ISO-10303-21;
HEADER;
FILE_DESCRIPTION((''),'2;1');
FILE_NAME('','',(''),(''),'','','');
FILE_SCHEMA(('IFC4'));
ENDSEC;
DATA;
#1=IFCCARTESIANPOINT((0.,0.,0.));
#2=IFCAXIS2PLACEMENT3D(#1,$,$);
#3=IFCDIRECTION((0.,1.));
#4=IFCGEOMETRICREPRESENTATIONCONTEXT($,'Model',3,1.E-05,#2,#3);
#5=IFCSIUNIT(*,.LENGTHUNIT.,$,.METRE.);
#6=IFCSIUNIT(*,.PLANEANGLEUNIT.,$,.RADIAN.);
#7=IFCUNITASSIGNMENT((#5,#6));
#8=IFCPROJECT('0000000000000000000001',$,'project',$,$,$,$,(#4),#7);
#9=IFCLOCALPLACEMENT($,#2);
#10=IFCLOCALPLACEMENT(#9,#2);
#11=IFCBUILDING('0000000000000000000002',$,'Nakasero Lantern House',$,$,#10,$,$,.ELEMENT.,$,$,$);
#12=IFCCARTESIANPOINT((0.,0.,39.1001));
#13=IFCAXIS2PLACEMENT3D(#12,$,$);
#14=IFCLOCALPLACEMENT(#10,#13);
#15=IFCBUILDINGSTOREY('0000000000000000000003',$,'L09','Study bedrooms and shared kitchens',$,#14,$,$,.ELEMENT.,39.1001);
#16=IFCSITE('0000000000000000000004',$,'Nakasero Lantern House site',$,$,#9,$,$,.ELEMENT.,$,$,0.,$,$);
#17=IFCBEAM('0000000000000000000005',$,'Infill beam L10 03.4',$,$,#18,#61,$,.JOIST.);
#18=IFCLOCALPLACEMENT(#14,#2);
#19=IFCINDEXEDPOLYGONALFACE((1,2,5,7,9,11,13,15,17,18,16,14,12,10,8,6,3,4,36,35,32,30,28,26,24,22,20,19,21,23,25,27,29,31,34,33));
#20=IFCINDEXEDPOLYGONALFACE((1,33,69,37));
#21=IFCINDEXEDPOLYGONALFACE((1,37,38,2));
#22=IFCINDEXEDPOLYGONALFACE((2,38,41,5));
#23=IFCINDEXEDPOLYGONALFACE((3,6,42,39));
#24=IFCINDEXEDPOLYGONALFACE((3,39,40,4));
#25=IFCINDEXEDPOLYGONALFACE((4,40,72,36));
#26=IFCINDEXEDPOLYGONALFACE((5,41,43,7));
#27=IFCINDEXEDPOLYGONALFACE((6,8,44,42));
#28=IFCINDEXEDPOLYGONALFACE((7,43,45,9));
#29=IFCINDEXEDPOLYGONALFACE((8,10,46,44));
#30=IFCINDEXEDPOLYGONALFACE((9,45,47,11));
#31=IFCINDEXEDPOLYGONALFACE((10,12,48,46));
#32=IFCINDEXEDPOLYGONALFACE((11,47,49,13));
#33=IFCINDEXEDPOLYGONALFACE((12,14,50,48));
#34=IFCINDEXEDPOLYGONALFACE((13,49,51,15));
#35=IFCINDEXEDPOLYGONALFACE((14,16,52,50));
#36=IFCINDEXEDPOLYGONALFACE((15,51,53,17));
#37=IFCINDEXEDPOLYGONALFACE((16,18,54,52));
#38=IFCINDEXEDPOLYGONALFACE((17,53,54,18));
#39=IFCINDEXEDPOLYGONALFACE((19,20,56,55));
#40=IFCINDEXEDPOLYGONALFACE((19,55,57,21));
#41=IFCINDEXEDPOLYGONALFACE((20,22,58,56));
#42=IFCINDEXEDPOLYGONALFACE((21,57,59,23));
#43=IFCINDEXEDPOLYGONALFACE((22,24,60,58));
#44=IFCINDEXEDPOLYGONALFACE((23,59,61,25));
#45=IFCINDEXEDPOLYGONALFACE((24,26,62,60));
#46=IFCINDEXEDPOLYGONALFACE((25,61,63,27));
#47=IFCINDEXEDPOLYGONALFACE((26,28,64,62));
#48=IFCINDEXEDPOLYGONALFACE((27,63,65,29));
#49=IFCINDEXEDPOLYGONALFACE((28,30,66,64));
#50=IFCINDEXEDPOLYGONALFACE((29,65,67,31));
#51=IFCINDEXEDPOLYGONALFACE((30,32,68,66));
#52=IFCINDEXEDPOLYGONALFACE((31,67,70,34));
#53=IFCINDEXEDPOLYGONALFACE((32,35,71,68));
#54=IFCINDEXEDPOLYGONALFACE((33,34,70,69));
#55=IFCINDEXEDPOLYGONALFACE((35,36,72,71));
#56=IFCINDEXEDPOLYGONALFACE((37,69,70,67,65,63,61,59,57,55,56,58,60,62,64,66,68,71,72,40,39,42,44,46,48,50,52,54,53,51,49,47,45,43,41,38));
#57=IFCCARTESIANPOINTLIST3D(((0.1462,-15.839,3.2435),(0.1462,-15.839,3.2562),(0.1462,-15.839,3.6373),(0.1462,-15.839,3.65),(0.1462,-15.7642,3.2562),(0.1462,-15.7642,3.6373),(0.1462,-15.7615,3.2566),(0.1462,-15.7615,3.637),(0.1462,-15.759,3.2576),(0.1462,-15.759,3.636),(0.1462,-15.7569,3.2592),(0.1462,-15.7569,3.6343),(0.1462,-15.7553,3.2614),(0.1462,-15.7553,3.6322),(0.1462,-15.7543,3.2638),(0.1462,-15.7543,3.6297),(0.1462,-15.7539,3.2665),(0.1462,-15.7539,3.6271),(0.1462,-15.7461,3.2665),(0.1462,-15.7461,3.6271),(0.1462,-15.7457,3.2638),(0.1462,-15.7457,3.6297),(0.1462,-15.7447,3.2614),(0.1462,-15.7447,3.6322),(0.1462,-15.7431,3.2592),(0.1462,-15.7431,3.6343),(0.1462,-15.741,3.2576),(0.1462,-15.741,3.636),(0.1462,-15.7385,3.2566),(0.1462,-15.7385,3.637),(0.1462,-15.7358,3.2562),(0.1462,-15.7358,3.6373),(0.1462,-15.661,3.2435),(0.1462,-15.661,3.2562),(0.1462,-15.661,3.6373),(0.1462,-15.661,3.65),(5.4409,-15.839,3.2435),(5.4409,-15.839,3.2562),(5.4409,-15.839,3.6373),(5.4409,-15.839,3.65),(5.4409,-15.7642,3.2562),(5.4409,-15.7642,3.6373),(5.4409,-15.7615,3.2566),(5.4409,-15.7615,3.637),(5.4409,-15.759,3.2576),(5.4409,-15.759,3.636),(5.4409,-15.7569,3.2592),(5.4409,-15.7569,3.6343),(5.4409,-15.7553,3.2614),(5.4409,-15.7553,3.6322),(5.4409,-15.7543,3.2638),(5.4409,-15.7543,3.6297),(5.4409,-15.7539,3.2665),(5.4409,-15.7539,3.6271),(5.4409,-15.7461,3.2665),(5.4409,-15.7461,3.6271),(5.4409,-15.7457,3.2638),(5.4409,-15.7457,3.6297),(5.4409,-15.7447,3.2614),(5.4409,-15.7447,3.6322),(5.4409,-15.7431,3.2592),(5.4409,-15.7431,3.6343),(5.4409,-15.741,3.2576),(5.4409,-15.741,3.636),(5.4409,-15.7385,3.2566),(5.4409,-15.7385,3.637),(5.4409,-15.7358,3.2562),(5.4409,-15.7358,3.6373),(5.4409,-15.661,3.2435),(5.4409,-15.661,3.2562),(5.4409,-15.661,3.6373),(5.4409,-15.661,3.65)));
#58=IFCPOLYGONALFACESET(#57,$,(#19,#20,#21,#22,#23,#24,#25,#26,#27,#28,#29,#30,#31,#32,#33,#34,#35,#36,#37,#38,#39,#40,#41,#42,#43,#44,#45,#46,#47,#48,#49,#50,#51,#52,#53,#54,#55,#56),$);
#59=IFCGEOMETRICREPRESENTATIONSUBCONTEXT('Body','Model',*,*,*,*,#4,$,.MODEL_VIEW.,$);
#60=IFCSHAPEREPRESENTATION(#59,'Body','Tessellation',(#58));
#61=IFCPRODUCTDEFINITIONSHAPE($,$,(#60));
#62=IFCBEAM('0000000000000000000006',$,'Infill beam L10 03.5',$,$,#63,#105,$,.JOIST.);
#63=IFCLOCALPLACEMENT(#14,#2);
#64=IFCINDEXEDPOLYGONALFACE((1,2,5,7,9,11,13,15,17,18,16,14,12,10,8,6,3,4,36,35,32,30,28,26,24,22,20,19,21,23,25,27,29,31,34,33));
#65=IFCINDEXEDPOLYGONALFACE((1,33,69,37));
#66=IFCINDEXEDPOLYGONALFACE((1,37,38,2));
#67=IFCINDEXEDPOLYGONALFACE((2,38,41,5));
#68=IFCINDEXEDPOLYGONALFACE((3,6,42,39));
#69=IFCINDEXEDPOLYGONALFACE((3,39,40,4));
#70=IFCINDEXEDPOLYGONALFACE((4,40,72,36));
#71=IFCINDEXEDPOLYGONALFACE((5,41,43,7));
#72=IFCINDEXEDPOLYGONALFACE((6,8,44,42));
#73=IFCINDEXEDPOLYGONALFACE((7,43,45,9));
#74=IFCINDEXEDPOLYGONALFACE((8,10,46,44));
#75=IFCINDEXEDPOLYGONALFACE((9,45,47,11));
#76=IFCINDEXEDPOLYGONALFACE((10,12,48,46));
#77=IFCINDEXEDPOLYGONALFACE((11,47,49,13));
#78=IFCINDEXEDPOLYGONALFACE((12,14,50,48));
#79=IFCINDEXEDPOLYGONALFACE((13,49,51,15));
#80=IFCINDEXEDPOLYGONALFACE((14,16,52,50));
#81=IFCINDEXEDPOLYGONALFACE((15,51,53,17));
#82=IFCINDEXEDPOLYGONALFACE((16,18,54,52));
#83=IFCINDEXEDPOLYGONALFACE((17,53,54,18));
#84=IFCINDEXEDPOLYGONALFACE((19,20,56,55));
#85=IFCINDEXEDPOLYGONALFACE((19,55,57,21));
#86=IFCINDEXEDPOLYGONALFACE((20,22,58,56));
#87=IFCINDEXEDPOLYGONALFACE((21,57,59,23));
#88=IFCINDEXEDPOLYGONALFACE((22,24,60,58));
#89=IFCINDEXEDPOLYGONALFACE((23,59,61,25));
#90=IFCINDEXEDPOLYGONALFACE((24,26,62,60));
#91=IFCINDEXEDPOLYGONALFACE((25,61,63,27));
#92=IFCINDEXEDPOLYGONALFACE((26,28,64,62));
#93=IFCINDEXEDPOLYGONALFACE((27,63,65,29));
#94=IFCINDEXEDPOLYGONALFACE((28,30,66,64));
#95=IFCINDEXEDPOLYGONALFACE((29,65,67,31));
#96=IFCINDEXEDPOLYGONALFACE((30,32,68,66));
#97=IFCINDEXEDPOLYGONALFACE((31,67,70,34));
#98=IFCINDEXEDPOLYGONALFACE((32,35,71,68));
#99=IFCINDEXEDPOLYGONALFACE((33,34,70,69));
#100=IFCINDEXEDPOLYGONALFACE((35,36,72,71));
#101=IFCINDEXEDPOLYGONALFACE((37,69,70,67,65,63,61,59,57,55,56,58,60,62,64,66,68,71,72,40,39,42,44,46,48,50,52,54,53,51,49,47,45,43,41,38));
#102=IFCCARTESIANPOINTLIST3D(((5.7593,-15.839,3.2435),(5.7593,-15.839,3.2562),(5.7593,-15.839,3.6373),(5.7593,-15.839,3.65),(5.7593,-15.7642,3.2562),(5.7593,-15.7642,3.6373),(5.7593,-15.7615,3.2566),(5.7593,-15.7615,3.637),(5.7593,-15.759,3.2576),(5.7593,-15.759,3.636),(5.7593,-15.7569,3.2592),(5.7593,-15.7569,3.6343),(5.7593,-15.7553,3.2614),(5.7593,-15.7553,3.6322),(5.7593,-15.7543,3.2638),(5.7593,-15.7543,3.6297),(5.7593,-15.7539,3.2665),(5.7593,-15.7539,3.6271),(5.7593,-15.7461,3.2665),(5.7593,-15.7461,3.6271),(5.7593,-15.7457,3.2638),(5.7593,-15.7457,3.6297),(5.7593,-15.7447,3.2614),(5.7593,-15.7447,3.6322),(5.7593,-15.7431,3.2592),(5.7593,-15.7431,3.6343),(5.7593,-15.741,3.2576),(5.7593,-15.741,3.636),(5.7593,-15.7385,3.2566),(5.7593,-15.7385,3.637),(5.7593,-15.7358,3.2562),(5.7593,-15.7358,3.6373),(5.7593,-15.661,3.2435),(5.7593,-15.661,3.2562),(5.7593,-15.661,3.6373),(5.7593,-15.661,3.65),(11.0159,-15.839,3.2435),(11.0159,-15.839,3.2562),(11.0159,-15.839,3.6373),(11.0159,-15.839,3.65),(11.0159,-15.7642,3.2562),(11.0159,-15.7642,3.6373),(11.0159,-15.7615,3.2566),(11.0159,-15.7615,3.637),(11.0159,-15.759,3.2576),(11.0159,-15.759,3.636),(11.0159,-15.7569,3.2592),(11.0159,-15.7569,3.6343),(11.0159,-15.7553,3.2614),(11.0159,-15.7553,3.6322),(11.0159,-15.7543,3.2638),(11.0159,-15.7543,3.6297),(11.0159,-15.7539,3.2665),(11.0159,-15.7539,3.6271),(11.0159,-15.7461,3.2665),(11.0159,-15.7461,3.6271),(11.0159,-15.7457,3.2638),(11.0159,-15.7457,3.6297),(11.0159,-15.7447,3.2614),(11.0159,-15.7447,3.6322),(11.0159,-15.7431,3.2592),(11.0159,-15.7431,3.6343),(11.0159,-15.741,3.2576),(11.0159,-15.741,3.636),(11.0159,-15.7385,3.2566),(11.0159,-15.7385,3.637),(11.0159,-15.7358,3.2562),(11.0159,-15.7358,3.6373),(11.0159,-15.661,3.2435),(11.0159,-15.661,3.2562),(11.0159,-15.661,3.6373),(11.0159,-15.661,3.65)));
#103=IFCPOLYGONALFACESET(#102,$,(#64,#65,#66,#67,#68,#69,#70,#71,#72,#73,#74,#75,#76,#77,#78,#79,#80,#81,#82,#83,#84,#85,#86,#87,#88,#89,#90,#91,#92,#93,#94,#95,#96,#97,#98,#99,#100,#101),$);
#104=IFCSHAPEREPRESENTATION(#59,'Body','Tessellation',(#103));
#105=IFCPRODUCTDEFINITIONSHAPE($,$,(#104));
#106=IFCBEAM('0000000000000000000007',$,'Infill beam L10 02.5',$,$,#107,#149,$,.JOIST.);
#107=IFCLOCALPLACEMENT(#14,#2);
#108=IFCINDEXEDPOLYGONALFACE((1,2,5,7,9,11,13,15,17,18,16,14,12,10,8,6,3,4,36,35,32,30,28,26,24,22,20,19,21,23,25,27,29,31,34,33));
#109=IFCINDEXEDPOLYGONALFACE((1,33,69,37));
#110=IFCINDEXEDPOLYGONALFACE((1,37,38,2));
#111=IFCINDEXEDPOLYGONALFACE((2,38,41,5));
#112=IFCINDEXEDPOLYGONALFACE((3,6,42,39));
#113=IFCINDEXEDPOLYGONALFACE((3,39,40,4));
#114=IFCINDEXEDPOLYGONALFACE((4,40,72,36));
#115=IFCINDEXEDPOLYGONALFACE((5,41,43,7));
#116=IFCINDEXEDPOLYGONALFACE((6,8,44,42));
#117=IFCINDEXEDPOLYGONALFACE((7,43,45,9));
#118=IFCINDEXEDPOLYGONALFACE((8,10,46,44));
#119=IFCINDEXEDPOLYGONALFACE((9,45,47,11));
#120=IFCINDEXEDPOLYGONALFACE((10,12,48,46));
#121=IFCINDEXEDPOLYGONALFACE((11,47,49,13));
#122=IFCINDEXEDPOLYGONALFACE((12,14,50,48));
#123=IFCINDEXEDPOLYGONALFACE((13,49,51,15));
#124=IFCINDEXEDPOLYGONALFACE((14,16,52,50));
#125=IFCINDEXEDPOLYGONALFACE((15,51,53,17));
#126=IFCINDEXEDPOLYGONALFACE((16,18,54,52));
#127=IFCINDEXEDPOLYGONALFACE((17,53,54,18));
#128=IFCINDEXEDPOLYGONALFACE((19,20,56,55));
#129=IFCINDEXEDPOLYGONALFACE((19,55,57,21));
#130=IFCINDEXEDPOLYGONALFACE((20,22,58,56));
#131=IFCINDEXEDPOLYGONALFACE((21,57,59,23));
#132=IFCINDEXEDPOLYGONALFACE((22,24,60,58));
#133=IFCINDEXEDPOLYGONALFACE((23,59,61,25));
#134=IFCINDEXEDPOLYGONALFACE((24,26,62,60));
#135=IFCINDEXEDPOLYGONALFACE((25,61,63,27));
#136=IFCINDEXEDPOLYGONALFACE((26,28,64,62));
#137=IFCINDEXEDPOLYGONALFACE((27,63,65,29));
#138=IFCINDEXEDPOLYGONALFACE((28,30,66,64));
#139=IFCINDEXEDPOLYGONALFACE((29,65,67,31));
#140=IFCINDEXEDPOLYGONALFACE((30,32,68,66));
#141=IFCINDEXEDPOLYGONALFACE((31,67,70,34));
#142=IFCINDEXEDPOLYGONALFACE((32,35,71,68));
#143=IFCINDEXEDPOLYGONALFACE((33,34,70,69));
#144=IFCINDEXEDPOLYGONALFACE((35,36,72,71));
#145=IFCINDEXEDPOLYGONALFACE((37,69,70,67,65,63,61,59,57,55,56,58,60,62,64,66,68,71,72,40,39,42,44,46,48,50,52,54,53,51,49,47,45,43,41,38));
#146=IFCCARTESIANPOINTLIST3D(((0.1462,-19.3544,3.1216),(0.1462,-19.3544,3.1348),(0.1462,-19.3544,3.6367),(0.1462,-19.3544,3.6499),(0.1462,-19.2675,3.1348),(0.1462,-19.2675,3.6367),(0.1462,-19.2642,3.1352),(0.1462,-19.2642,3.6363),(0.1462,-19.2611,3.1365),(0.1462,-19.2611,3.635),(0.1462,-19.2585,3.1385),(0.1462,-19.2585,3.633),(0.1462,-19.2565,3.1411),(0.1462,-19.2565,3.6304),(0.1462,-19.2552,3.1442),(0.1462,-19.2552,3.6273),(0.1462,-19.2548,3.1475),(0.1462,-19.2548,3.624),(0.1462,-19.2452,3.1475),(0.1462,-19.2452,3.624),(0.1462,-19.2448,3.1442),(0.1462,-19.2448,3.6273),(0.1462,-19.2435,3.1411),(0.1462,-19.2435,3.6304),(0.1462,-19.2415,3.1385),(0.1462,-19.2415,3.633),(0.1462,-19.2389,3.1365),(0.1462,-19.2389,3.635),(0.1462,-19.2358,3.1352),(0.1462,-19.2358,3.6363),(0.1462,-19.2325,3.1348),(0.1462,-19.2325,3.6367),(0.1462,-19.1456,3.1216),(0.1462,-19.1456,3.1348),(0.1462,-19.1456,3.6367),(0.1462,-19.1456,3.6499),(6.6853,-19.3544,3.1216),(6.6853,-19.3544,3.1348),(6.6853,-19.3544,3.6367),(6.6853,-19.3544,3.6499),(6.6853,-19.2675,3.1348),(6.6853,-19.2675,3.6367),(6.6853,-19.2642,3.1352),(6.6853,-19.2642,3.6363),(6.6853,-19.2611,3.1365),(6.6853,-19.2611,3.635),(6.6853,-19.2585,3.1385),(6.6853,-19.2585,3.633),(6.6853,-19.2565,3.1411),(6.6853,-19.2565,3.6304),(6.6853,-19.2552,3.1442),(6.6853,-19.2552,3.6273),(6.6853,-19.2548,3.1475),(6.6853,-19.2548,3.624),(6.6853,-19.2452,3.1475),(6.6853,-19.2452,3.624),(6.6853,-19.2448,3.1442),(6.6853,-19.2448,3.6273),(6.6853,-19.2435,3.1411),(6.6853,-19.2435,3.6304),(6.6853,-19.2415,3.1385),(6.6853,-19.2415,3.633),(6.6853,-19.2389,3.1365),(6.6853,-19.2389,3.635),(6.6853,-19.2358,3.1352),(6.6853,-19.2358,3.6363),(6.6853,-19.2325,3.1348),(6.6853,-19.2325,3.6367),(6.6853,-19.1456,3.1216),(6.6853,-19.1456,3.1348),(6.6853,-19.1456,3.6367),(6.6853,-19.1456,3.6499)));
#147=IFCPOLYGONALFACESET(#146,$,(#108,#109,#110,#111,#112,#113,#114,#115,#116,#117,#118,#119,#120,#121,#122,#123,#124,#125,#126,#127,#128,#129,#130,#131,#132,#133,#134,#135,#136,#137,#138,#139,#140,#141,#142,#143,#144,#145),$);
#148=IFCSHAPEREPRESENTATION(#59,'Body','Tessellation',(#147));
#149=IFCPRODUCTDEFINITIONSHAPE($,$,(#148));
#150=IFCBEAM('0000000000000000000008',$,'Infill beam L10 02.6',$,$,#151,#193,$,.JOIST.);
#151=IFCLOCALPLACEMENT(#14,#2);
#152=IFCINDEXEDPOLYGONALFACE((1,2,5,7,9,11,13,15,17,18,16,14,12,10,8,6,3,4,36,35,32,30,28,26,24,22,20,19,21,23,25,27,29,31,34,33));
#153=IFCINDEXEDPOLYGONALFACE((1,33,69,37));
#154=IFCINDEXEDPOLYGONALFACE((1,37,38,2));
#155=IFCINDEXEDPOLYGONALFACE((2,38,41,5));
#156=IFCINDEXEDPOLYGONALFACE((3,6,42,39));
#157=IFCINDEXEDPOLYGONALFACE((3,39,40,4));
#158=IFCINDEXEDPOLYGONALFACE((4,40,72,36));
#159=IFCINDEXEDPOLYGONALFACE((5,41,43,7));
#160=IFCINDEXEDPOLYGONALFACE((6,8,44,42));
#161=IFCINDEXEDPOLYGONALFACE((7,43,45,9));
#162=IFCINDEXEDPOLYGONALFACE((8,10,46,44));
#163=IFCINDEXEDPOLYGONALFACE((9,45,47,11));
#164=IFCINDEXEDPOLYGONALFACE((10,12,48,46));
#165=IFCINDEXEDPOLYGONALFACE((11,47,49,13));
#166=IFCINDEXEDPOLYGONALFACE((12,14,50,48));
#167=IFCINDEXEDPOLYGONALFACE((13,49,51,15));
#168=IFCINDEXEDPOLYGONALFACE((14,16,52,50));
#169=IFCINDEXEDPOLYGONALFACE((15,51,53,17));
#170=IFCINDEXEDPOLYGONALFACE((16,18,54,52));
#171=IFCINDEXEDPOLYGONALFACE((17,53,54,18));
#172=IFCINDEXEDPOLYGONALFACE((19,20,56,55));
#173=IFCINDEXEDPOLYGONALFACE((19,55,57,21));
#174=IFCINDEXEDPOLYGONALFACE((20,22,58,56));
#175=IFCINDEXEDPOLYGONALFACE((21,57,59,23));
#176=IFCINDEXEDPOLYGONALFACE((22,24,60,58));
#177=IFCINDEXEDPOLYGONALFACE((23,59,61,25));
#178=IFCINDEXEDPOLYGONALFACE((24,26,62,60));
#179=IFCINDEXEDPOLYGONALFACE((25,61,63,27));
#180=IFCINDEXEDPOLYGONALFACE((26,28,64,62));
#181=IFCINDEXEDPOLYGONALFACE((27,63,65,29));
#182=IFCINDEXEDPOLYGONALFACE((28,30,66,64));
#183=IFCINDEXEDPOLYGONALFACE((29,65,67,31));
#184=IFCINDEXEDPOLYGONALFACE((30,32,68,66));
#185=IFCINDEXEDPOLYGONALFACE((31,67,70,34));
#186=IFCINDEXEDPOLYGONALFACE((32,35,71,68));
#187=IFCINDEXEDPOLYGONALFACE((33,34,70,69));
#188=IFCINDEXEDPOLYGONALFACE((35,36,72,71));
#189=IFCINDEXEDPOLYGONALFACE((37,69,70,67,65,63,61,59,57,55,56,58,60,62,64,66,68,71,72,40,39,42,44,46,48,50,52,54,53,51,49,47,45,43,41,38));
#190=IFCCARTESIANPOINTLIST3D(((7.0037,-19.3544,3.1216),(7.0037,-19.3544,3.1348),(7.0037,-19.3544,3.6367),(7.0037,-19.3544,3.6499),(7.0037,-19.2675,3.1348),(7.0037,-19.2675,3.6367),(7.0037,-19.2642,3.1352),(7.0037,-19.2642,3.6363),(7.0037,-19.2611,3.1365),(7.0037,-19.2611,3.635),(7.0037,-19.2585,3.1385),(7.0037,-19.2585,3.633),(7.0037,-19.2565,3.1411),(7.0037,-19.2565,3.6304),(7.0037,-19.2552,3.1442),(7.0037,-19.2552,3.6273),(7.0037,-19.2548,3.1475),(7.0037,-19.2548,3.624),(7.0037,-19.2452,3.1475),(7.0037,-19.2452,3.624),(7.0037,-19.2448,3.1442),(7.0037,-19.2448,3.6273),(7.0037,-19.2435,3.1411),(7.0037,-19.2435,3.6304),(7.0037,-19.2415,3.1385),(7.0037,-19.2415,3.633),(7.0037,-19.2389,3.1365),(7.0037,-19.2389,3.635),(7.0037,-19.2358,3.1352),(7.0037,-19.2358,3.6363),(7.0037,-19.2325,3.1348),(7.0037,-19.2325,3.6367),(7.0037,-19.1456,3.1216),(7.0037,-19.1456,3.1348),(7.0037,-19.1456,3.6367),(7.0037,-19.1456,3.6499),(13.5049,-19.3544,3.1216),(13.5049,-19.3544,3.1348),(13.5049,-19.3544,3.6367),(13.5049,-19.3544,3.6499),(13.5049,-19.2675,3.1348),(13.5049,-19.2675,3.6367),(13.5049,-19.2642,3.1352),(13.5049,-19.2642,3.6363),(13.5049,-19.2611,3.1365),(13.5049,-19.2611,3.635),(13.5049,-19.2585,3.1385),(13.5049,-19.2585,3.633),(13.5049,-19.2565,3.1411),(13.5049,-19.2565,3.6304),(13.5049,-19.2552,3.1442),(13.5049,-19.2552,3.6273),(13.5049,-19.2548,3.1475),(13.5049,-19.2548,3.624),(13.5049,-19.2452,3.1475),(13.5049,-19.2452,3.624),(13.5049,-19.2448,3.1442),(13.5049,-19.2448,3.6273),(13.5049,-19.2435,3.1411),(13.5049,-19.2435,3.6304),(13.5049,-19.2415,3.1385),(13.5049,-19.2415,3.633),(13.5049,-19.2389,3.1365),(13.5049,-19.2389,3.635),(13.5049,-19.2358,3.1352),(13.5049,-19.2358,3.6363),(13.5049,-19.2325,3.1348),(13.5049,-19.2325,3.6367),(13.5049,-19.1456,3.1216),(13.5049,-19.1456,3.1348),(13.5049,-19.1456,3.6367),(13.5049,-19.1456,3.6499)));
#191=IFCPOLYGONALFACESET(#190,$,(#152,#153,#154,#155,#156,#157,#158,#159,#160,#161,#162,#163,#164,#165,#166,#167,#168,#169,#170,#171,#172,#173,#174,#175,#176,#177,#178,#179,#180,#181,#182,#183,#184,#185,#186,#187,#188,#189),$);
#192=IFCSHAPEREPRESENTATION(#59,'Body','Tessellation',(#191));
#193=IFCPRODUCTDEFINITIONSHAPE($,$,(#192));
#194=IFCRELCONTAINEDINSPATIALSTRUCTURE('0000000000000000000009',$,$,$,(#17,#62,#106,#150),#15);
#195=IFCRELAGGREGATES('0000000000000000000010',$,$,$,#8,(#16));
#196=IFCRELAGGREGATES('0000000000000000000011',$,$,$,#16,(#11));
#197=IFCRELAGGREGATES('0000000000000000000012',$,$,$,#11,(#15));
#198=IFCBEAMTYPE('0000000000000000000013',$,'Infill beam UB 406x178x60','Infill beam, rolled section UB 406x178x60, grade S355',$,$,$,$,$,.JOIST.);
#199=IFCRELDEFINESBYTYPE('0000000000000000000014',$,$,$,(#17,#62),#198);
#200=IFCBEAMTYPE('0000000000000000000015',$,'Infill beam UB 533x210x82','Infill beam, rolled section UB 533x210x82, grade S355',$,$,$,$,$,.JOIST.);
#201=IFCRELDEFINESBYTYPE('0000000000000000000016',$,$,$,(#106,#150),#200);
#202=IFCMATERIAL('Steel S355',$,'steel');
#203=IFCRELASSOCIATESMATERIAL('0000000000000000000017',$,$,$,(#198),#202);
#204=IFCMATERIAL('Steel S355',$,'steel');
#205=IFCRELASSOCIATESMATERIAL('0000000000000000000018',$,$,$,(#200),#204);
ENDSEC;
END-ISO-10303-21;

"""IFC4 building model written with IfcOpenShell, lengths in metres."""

from ifc_helpers import new_model, si_unit, direction, frame, origin, origin_2d, place, context, subcontext, project, spatial, i_section, extrude, material, material_profile, profile_set, type_object, element, save


model = new_model("IFC4")

# Units and contexts
model_context = context("Model", 3, precision=1e-05, world=origin(), true_north=direction((0.0, 1.0)))
body_context = subcontext(model_context, "Body", "Model", "MODEL_VIEW")
ifc_project = project(units=[si_unit("LENGTHUNIT", "METRE"), si_unit("PLANEANGLEUNIT", "RADIAN")], contexts=[model_context])

# Site, building, storey
site_placement = place(None, origin())
site = spatial("IfcSite", under=ifc_project, at=site_placement, Name="Nakasero Lantern House site", CompositionType="ELEMENT", RefElevation=0.0)
building_placement = place(site_placement, origin())
building = spatial("IfcBuilding", under=site, at=building_placement, Name="Nakasero Lantern House", CompositionType="ELEMENT")
storey_placement = place(building_placement, frame((0.0, 0.0, 39.1001)))
storey = spatial("IfcBuildingStorey", under=building, at=storey_placement, Name="L09", Description="Study bedrooms and shared kitchens", CompositionType="ELEMENT", Elevation=39.1001)

# Beams
ifc_material_1 = material(Name="Steel S355", Category="steel")
ifc_material_profile_1 = material_profile(ifc_material_1, i_section(OverallWidth=0.178, OverallDepth=0.4065, WebThickness=0.0078, FlangeThickness=0.0127, FilletRadius=0.0103, at=origin_2d()), Name="UB 406x178x60")
ifc_profile_set_1 = profile_set([ifc_material_profile_1], Name="Steel S355")
beam_type_1 = type_object("IfcBeamType", Name="Infill beam UB 406x178x60", Description="Infill beam, rolled section UB 406x178x60, grade S355", PredefinedType="JOIST", material=ifc_profile_set_1)
beam_1_placement = place(storey_placement, frame((0.1462, -15.75, 3.4468), z_axis=(1.0, 0.0, 0.0), x_axis=(0.0, 1.0, 0.0)))
element("IfcBeam", 1, at=beam_1_placement, inside=storey, type_object=beam_type_1, Name="Infill beam L10 03.4", PredefinedType="JOIST", context=body_context, shape_type="SweptSolid", body=[
    extrude(i_section(OverallWidth=0.178, OverallDepth=0.4065, WebThickness=0.0078, FlangeThickness=0.0127, FilletRadius=0.0103, at=origin_2d()), origin(), (0.0, 0.0, 1.0), 5.2947),
])
beam_2_placement = place(storey_placement, frame((5.7593, -15.75, 3.4468), z_axis=(1.0, 0.0, 0.0), x_axis=(0.0, 1.0, 0.0)))
element("IfcBeam", 2, at=beam_2_placement, inside=storey, type_object=beam_type_1, Name="Infill beam L10 03.5", PredefinedType="JOIST", context=body_context, shape_type="SweptSolid", body=[
    extrude(i_section(OverallWidth=0.178, OverallDepth=0.4065, WebThickness=0.0078, FlangeThickness=0.0127, FilletRadius=0.0103, at=origin_2d()), origin(), (0.0, 0.0, 1.0), 5.2566),
])
ifc_material_2 = material(Name="Steel S355", Category="steel")
ifc_material_profile_2 = material_profile(ifc_material_2, i_section(OverallWidth=0.2087, OverallDepth=0.5283, WebThickness=0.0095, FlangeThickness=0.0132, FilletRadius=0.0127, at=origin_2d()), Name="UB 533x210x82")
ifc_profile_set_2 = profile_set([ifc_material_profile_2], Name="Steel S355")
beam_type_2 = type_object("IfcBeamType", Name="Infill beam UB 533x210x82", Description="Infill beam, rolled section UB 533x210x82, grade S355", PredefinedType="JOIST", material=ifc_profile_set_2)
beam_3_placement = place(storey_placement, frame((0.1462, -19.25, 3.3857), z_axis=(1.0, 0.0, 0.0), x_axis=(0.0, 1.0, 0.0)))
element("IfcBeam", 3, at=beam_3_placement, inside=storey, type_object=beam_type_2, Name="Infill beam L10 02.5", PredefinedType="JOIST", context=body_context, shape_type="SweptSolid", body=[
    extrude(i_section(OverallWidth=0.2087, OverallDepth=0.5283, WebThickness=0.0095, FlangeThickness=0.0132, FilletRadius=0.0127, at=origin_2d()), origin(), (0.0, 0.0, 1.0), 6.5391),
])
beam_4_placement = place(storey_placement, frame((7.0037, -19.25, 3.3857), z_axis=(1.0, 0.0, 0.0), x_axis=(0.0, 1.0, 0.0)))
element("IfcBeam", 4, at=beam_4_placement, inside=storey, type_object=beam_type_2, Name="Infill beam L10 02.6", PredefinedType="JOIST", context=body_context, shape_type="SweptSolid", body=[
    extrude(i_section(OverallWidth=0.2087, OverallDepth=0.5283, WebThickness=0.0095, FlangeThickness=0.0132, FilletRadius=0.0127, at=origin_2d()), origin(), (0.0, 0.0, 1.0), 6.5012),
])

save(model, "model.ifc")
